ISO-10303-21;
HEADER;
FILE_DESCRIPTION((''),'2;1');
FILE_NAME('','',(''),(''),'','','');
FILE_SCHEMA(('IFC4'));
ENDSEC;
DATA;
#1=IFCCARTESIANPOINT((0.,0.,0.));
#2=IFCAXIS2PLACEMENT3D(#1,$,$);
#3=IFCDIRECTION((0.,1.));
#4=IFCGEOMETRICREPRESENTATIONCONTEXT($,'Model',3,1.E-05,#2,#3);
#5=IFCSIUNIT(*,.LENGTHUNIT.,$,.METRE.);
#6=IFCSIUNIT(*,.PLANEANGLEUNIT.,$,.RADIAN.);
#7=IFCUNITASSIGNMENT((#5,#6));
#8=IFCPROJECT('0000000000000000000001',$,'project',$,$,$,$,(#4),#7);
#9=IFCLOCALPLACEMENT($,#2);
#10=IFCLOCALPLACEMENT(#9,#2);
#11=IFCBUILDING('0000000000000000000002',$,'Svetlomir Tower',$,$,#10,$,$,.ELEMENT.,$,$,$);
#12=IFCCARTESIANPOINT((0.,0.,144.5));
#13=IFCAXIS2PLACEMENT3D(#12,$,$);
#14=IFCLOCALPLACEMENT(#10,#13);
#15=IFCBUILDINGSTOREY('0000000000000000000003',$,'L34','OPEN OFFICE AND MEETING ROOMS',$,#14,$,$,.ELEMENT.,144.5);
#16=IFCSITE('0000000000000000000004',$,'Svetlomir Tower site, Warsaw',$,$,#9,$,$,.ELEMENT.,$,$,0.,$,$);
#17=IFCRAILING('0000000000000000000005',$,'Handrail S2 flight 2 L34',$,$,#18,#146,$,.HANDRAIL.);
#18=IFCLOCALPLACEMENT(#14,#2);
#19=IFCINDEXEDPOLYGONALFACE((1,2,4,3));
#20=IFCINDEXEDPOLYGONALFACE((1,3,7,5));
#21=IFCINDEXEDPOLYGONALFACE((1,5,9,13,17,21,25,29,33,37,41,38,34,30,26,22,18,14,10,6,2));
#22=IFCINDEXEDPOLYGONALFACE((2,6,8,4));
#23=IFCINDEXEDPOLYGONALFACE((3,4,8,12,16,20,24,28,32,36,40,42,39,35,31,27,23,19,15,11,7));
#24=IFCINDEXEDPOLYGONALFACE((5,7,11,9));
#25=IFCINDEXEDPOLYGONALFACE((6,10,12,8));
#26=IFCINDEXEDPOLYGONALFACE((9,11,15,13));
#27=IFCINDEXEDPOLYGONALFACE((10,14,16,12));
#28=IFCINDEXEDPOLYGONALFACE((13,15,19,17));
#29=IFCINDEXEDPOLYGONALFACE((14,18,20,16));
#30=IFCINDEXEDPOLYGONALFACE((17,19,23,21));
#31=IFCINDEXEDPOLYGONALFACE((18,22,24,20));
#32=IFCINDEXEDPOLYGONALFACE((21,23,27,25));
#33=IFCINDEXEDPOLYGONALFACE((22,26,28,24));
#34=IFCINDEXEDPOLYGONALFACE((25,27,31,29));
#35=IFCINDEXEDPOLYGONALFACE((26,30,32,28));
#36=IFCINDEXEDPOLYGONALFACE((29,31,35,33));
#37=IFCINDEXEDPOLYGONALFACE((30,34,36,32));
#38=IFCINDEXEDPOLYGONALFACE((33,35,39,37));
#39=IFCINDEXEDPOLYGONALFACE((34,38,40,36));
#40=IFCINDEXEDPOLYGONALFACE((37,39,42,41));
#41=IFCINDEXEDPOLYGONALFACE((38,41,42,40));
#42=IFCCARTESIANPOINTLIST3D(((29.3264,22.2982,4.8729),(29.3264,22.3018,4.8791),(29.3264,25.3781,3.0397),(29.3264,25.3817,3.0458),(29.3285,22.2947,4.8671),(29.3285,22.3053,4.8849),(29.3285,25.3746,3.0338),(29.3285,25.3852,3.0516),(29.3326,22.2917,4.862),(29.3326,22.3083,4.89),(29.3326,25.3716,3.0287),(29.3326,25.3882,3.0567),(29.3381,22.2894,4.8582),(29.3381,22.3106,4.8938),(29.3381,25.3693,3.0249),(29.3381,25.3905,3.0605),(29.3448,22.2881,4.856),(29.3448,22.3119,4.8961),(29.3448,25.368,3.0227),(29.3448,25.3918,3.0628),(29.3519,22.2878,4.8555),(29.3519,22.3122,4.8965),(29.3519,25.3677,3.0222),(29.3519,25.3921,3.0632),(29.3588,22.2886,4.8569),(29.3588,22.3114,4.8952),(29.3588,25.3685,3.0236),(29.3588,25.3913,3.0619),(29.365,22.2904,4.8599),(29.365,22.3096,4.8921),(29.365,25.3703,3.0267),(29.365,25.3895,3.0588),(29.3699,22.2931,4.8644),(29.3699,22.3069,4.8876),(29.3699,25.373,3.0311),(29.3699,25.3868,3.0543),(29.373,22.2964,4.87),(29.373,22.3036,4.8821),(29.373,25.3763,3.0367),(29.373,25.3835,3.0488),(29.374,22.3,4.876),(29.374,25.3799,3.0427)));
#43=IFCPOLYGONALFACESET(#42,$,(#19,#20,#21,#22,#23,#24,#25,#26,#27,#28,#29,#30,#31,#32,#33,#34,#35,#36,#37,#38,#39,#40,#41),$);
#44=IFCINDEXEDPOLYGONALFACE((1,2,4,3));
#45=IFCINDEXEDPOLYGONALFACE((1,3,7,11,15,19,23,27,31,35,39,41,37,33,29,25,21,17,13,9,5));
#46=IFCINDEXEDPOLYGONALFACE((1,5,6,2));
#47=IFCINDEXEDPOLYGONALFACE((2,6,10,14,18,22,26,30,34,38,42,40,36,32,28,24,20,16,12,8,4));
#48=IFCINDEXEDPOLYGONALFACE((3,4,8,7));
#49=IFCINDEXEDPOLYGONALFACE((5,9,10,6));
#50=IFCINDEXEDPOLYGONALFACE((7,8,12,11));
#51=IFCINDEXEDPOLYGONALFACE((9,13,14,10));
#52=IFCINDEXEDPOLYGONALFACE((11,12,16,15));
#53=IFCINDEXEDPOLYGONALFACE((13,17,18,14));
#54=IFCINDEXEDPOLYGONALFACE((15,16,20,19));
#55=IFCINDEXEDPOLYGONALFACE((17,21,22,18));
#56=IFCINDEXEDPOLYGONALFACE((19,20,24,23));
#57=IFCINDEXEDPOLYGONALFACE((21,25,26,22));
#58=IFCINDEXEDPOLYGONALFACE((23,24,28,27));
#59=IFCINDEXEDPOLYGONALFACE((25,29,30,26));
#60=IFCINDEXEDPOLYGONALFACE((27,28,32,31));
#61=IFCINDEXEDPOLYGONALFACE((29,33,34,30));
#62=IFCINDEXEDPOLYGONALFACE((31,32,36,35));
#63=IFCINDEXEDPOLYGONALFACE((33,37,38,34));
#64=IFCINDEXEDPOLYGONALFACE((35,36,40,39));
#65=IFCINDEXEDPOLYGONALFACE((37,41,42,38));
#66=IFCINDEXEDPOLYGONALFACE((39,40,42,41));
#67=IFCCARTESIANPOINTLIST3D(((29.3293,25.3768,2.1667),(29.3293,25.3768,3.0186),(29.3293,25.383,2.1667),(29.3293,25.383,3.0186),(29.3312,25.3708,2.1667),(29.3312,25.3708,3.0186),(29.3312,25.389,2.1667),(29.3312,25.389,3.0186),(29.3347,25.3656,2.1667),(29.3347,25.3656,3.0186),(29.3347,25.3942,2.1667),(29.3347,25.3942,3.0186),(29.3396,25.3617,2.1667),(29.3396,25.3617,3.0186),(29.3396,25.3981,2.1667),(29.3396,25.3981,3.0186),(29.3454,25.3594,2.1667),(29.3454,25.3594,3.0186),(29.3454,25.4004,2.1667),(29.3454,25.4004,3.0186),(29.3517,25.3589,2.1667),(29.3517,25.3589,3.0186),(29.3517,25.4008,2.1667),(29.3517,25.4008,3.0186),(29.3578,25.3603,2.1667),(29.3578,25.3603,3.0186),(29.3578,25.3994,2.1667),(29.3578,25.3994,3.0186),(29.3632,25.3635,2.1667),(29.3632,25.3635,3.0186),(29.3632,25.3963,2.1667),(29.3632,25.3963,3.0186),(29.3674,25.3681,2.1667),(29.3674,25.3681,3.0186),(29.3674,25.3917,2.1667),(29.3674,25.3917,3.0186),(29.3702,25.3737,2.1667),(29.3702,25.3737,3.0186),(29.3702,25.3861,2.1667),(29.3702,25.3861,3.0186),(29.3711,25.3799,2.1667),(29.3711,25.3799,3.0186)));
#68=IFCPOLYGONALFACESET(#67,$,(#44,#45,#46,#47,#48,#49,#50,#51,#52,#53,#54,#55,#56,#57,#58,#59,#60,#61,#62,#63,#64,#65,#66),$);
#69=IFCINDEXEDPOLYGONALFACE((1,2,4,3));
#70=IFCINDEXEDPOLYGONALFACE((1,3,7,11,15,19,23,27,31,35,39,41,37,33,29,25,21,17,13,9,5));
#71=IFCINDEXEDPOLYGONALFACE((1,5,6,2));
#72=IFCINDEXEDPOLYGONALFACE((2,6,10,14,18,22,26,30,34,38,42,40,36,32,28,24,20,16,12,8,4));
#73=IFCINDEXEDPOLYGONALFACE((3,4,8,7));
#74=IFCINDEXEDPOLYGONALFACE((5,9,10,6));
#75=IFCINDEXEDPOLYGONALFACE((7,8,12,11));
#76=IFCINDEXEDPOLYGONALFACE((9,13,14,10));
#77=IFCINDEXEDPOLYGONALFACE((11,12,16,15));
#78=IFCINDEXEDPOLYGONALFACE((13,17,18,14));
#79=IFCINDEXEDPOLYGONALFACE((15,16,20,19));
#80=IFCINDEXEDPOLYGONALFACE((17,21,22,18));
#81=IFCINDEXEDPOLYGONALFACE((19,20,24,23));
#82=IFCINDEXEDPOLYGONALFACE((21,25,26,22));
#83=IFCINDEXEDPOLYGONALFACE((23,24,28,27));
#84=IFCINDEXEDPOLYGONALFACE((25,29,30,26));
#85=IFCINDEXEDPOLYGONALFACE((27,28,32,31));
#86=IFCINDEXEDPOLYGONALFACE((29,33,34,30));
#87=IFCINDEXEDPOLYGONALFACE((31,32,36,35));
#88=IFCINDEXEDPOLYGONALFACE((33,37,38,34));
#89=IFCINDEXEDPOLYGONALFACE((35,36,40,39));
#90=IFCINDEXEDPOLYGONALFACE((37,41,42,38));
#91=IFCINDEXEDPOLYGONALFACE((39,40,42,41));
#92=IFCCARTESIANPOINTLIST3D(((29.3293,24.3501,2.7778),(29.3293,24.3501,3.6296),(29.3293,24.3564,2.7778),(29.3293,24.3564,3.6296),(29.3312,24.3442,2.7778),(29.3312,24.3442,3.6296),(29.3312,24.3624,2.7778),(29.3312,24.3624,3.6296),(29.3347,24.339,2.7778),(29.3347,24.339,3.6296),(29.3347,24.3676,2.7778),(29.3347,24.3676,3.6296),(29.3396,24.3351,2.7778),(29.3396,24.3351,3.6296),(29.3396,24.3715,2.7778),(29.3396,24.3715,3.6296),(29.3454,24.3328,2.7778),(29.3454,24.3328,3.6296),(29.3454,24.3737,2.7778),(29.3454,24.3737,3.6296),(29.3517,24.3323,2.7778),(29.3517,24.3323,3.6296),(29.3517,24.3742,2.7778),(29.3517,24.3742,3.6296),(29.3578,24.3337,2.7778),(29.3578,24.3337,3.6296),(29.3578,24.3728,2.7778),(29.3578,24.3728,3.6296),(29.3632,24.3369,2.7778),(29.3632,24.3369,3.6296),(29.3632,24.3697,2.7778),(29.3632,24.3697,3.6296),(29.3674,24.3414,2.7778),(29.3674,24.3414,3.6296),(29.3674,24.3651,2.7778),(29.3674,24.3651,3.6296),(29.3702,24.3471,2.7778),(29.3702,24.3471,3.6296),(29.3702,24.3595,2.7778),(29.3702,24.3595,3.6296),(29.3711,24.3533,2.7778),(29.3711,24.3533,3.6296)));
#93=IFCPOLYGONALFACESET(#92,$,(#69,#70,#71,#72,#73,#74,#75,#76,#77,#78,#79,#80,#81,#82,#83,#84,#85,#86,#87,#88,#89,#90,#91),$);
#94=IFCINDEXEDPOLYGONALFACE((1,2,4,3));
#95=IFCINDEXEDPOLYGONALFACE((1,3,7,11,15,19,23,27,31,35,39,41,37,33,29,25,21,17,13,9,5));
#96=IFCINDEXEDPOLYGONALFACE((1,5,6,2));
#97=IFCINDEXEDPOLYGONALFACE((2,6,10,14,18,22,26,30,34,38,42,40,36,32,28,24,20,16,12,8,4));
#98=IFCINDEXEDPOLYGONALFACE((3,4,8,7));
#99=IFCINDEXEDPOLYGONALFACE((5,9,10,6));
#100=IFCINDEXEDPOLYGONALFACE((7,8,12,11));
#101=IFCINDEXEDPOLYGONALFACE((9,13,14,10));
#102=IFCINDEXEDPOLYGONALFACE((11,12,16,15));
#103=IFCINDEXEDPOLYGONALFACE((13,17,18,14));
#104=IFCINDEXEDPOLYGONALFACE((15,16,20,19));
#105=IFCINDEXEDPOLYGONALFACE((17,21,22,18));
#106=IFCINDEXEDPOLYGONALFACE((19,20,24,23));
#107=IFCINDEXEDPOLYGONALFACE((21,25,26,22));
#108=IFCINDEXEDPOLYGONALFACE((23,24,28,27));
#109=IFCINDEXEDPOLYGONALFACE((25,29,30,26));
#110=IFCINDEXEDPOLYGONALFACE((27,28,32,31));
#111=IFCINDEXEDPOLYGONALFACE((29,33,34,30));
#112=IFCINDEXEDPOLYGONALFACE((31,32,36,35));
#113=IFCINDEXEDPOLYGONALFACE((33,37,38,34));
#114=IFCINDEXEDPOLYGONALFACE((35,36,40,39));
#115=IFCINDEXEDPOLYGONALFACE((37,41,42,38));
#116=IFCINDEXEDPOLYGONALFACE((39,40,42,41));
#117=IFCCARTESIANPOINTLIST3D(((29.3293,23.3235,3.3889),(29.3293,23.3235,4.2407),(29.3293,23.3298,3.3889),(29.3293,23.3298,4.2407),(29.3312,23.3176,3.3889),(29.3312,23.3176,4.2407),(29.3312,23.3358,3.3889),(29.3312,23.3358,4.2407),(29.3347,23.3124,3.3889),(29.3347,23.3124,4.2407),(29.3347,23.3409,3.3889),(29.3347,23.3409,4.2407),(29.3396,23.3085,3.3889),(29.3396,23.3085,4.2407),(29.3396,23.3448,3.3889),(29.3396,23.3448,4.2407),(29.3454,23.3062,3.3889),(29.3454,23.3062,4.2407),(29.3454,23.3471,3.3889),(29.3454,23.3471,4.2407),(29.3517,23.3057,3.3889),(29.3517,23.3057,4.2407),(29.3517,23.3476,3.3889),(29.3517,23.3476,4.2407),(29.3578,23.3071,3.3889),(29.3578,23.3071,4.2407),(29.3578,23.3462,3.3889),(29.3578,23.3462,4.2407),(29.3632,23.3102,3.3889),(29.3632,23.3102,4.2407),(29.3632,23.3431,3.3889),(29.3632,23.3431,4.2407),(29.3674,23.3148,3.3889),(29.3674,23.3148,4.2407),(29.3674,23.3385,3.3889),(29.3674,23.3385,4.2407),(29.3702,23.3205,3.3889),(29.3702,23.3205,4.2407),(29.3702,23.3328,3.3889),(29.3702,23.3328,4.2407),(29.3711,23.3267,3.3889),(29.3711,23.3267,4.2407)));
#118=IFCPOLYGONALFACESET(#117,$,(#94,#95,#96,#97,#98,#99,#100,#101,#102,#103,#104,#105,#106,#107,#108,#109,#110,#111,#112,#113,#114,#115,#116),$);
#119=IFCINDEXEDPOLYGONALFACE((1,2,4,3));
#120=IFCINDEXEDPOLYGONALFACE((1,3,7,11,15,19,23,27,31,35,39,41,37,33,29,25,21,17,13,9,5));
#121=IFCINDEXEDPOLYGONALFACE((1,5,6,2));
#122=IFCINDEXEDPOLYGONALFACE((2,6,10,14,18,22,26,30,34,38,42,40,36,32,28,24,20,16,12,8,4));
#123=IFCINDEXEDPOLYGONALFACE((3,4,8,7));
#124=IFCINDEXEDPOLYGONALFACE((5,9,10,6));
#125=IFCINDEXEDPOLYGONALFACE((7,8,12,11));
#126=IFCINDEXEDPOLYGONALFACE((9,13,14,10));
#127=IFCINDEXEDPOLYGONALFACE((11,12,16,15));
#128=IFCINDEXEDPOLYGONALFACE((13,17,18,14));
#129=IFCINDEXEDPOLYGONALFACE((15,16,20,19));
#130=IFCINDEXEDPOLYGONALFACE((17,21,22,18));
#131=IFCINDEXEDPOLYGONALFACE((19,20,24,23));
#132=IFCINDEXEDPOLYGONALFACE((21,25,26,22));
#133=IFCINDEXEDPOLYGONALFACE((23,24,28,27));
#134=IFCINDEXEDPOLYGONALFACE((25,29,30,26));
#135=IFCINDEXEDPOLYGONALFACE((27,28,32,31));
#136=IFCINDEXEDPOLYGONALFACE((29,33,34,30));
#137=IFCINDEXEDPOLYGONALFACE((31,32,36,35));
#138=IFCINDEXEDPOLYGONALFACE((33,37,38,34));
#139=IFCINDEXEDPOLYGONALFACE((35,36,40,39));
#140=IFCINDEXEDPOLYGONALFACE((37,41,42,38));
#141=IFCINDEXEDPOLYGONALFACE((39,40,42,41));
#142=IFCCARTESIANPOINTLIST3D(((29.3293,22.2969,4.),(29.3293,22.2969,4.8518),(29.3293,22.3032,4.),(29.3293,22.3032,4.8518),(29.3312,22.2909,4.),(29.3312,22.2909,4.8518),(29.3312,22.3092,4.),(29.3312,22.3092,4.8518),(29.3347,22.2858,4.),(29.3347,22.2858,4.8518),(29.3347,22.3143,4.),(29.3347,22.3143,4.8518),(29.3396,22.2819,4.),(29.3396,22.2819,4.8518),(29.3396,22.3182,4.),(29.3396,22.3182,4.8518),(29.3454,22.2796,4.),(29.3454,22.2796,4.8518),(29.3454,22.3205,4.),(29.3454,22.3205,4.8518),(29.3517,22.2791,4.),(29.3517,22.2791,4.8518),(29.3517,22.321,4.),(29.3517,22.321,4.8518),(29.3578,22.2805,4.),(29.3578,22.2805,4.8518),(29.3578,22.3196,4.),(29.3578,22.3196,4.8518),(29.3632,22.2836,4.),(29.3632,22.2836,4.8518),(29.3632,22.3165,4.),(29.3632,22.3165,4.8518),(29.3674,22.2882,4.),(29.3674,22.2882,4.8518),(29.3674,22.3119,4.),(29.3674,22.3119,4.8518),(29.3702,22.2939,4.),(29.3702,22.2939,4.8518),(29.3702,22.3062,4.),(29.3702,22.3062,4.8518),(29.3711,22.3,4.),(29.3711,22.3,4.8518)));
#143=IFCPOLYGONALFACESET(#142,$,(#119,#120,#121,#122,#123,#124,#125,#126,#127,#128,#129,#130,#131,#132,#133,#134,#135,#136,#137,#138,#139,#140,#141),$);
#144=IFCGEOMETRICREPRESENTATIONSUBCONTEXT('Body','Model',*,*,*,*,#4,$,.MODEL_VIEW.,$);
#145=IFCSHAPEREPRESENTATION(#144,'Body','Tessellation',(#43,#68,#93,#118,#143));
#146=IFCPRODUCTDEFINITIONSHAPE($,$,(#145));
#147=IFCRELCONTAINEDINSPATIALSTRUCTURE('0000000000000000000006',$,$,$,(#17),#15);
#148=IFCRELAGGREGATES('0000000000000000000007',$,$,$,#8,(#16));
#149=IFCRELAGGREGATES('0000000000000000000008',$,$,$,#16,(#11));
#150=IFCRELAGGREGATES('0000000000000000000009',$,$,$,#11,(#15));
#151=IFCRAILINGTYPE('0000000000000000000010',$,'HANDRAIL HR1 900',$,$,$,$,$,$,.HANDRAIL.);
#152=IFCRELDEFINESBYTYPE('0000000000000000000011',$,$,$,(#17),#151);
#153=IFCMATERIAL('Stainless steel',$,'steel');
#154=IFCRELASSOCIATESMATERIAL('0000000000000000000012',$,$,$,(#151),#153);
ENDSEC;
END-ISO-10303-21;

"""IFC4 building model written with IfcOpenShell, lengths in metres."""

from ifc_helpers import new_model, si_unit, direction, frame, origin, origin_2d, place, context, subcontext, project, spatial, circle, extrude, material, type_object, element, save


model = new_model("IFC4")

# Units and contexts
model_context = context("Model", 3, precision=1e-05, world=origin(), true_north=direction((0.0, 1.0)))
body_context = subcontext(model_context, "Body", "Model", "MODEL_VIEW")
ifc_project = project(units=[si_unit("LENGTHUNIT", "METRE"), si_unit("PLANEANGLEUNIT", "RADIAN")], contexts=[model_context])

# Site, building, storey
site_placement = place(None, origin())
site = spatial("IfcSite", under=ifc_project, at=site_placement, Name="Svetlomir Tower site, Warsaw", CompositionType="ELEMENT", RefElevation=0.0)
building_placement = place(site_placement, origin())
building = spatial("IfcBuilding", under=site, at=building_placement, Name="Svetlomir Tower", CompositionType="ELEMENT")
storey_placement = place(building_placement, frame((0.0, 0.0, 144.5)))
storey = spatial("IfcBuildingStorey", under=building, at=storey_placement, Name="L34", Description="OPEN OFFICE AND MEETING ROOMS", CompositionType="ELEMENT", Elevation=144.5)

# Railing
ifc_material_1 = material(Name="Stainless steel", Category="steel")
railing_type = type_object("IfcRailingType", Name="HANDRAIL HR1 900", PredefinedType="HANDRAIL", material=ifc_material_1)
railing_1_placement = place(storey_placement, frame((29.3501, 25.3799, 2.1667)))
element("IfcRailing", 1, at=railing_1_placement, inside=storey, type_object=railing_type, Name="Handrail S2 flight 2 L34", PredefinedType="HANDRAIL", context=body_context, shape_type="SweptSolid", body=[
    extrude(circle(Radius=0.0239, at=origin_2d()), frame((0.0, 0.0, 0.876), z_axis=(0.0, -0.859291, 0.511487), x_axis=(1.0, 0.0, 0.0)), (0.0, 0.0, 1.0), 3.5842),
    extrude(circle(Radius=0.021, at=origin_2d()), origin(), (0.0, 0.0, 1.0), 0.8518),
    extrude(circle(Radius=0.021, at=origin_2d()), frame((0.0, -1.0266, 0.6111)), (0.0, 0.0, 1.0), 0.8518),
    extrude(circle(Radius=0.021, at=origin_2d()), frame((0.0, -2.0532, 1.2222)), (0.0, 0.0, 1.0), 0.8518),
    extrude(circle(Radius=0.021, at=origin_2d()), frame((0.0, -3.0798, 1.8333)), (0.0, 0.0, 1.0), 0.8518),
])

save(model, "model.ifc")
